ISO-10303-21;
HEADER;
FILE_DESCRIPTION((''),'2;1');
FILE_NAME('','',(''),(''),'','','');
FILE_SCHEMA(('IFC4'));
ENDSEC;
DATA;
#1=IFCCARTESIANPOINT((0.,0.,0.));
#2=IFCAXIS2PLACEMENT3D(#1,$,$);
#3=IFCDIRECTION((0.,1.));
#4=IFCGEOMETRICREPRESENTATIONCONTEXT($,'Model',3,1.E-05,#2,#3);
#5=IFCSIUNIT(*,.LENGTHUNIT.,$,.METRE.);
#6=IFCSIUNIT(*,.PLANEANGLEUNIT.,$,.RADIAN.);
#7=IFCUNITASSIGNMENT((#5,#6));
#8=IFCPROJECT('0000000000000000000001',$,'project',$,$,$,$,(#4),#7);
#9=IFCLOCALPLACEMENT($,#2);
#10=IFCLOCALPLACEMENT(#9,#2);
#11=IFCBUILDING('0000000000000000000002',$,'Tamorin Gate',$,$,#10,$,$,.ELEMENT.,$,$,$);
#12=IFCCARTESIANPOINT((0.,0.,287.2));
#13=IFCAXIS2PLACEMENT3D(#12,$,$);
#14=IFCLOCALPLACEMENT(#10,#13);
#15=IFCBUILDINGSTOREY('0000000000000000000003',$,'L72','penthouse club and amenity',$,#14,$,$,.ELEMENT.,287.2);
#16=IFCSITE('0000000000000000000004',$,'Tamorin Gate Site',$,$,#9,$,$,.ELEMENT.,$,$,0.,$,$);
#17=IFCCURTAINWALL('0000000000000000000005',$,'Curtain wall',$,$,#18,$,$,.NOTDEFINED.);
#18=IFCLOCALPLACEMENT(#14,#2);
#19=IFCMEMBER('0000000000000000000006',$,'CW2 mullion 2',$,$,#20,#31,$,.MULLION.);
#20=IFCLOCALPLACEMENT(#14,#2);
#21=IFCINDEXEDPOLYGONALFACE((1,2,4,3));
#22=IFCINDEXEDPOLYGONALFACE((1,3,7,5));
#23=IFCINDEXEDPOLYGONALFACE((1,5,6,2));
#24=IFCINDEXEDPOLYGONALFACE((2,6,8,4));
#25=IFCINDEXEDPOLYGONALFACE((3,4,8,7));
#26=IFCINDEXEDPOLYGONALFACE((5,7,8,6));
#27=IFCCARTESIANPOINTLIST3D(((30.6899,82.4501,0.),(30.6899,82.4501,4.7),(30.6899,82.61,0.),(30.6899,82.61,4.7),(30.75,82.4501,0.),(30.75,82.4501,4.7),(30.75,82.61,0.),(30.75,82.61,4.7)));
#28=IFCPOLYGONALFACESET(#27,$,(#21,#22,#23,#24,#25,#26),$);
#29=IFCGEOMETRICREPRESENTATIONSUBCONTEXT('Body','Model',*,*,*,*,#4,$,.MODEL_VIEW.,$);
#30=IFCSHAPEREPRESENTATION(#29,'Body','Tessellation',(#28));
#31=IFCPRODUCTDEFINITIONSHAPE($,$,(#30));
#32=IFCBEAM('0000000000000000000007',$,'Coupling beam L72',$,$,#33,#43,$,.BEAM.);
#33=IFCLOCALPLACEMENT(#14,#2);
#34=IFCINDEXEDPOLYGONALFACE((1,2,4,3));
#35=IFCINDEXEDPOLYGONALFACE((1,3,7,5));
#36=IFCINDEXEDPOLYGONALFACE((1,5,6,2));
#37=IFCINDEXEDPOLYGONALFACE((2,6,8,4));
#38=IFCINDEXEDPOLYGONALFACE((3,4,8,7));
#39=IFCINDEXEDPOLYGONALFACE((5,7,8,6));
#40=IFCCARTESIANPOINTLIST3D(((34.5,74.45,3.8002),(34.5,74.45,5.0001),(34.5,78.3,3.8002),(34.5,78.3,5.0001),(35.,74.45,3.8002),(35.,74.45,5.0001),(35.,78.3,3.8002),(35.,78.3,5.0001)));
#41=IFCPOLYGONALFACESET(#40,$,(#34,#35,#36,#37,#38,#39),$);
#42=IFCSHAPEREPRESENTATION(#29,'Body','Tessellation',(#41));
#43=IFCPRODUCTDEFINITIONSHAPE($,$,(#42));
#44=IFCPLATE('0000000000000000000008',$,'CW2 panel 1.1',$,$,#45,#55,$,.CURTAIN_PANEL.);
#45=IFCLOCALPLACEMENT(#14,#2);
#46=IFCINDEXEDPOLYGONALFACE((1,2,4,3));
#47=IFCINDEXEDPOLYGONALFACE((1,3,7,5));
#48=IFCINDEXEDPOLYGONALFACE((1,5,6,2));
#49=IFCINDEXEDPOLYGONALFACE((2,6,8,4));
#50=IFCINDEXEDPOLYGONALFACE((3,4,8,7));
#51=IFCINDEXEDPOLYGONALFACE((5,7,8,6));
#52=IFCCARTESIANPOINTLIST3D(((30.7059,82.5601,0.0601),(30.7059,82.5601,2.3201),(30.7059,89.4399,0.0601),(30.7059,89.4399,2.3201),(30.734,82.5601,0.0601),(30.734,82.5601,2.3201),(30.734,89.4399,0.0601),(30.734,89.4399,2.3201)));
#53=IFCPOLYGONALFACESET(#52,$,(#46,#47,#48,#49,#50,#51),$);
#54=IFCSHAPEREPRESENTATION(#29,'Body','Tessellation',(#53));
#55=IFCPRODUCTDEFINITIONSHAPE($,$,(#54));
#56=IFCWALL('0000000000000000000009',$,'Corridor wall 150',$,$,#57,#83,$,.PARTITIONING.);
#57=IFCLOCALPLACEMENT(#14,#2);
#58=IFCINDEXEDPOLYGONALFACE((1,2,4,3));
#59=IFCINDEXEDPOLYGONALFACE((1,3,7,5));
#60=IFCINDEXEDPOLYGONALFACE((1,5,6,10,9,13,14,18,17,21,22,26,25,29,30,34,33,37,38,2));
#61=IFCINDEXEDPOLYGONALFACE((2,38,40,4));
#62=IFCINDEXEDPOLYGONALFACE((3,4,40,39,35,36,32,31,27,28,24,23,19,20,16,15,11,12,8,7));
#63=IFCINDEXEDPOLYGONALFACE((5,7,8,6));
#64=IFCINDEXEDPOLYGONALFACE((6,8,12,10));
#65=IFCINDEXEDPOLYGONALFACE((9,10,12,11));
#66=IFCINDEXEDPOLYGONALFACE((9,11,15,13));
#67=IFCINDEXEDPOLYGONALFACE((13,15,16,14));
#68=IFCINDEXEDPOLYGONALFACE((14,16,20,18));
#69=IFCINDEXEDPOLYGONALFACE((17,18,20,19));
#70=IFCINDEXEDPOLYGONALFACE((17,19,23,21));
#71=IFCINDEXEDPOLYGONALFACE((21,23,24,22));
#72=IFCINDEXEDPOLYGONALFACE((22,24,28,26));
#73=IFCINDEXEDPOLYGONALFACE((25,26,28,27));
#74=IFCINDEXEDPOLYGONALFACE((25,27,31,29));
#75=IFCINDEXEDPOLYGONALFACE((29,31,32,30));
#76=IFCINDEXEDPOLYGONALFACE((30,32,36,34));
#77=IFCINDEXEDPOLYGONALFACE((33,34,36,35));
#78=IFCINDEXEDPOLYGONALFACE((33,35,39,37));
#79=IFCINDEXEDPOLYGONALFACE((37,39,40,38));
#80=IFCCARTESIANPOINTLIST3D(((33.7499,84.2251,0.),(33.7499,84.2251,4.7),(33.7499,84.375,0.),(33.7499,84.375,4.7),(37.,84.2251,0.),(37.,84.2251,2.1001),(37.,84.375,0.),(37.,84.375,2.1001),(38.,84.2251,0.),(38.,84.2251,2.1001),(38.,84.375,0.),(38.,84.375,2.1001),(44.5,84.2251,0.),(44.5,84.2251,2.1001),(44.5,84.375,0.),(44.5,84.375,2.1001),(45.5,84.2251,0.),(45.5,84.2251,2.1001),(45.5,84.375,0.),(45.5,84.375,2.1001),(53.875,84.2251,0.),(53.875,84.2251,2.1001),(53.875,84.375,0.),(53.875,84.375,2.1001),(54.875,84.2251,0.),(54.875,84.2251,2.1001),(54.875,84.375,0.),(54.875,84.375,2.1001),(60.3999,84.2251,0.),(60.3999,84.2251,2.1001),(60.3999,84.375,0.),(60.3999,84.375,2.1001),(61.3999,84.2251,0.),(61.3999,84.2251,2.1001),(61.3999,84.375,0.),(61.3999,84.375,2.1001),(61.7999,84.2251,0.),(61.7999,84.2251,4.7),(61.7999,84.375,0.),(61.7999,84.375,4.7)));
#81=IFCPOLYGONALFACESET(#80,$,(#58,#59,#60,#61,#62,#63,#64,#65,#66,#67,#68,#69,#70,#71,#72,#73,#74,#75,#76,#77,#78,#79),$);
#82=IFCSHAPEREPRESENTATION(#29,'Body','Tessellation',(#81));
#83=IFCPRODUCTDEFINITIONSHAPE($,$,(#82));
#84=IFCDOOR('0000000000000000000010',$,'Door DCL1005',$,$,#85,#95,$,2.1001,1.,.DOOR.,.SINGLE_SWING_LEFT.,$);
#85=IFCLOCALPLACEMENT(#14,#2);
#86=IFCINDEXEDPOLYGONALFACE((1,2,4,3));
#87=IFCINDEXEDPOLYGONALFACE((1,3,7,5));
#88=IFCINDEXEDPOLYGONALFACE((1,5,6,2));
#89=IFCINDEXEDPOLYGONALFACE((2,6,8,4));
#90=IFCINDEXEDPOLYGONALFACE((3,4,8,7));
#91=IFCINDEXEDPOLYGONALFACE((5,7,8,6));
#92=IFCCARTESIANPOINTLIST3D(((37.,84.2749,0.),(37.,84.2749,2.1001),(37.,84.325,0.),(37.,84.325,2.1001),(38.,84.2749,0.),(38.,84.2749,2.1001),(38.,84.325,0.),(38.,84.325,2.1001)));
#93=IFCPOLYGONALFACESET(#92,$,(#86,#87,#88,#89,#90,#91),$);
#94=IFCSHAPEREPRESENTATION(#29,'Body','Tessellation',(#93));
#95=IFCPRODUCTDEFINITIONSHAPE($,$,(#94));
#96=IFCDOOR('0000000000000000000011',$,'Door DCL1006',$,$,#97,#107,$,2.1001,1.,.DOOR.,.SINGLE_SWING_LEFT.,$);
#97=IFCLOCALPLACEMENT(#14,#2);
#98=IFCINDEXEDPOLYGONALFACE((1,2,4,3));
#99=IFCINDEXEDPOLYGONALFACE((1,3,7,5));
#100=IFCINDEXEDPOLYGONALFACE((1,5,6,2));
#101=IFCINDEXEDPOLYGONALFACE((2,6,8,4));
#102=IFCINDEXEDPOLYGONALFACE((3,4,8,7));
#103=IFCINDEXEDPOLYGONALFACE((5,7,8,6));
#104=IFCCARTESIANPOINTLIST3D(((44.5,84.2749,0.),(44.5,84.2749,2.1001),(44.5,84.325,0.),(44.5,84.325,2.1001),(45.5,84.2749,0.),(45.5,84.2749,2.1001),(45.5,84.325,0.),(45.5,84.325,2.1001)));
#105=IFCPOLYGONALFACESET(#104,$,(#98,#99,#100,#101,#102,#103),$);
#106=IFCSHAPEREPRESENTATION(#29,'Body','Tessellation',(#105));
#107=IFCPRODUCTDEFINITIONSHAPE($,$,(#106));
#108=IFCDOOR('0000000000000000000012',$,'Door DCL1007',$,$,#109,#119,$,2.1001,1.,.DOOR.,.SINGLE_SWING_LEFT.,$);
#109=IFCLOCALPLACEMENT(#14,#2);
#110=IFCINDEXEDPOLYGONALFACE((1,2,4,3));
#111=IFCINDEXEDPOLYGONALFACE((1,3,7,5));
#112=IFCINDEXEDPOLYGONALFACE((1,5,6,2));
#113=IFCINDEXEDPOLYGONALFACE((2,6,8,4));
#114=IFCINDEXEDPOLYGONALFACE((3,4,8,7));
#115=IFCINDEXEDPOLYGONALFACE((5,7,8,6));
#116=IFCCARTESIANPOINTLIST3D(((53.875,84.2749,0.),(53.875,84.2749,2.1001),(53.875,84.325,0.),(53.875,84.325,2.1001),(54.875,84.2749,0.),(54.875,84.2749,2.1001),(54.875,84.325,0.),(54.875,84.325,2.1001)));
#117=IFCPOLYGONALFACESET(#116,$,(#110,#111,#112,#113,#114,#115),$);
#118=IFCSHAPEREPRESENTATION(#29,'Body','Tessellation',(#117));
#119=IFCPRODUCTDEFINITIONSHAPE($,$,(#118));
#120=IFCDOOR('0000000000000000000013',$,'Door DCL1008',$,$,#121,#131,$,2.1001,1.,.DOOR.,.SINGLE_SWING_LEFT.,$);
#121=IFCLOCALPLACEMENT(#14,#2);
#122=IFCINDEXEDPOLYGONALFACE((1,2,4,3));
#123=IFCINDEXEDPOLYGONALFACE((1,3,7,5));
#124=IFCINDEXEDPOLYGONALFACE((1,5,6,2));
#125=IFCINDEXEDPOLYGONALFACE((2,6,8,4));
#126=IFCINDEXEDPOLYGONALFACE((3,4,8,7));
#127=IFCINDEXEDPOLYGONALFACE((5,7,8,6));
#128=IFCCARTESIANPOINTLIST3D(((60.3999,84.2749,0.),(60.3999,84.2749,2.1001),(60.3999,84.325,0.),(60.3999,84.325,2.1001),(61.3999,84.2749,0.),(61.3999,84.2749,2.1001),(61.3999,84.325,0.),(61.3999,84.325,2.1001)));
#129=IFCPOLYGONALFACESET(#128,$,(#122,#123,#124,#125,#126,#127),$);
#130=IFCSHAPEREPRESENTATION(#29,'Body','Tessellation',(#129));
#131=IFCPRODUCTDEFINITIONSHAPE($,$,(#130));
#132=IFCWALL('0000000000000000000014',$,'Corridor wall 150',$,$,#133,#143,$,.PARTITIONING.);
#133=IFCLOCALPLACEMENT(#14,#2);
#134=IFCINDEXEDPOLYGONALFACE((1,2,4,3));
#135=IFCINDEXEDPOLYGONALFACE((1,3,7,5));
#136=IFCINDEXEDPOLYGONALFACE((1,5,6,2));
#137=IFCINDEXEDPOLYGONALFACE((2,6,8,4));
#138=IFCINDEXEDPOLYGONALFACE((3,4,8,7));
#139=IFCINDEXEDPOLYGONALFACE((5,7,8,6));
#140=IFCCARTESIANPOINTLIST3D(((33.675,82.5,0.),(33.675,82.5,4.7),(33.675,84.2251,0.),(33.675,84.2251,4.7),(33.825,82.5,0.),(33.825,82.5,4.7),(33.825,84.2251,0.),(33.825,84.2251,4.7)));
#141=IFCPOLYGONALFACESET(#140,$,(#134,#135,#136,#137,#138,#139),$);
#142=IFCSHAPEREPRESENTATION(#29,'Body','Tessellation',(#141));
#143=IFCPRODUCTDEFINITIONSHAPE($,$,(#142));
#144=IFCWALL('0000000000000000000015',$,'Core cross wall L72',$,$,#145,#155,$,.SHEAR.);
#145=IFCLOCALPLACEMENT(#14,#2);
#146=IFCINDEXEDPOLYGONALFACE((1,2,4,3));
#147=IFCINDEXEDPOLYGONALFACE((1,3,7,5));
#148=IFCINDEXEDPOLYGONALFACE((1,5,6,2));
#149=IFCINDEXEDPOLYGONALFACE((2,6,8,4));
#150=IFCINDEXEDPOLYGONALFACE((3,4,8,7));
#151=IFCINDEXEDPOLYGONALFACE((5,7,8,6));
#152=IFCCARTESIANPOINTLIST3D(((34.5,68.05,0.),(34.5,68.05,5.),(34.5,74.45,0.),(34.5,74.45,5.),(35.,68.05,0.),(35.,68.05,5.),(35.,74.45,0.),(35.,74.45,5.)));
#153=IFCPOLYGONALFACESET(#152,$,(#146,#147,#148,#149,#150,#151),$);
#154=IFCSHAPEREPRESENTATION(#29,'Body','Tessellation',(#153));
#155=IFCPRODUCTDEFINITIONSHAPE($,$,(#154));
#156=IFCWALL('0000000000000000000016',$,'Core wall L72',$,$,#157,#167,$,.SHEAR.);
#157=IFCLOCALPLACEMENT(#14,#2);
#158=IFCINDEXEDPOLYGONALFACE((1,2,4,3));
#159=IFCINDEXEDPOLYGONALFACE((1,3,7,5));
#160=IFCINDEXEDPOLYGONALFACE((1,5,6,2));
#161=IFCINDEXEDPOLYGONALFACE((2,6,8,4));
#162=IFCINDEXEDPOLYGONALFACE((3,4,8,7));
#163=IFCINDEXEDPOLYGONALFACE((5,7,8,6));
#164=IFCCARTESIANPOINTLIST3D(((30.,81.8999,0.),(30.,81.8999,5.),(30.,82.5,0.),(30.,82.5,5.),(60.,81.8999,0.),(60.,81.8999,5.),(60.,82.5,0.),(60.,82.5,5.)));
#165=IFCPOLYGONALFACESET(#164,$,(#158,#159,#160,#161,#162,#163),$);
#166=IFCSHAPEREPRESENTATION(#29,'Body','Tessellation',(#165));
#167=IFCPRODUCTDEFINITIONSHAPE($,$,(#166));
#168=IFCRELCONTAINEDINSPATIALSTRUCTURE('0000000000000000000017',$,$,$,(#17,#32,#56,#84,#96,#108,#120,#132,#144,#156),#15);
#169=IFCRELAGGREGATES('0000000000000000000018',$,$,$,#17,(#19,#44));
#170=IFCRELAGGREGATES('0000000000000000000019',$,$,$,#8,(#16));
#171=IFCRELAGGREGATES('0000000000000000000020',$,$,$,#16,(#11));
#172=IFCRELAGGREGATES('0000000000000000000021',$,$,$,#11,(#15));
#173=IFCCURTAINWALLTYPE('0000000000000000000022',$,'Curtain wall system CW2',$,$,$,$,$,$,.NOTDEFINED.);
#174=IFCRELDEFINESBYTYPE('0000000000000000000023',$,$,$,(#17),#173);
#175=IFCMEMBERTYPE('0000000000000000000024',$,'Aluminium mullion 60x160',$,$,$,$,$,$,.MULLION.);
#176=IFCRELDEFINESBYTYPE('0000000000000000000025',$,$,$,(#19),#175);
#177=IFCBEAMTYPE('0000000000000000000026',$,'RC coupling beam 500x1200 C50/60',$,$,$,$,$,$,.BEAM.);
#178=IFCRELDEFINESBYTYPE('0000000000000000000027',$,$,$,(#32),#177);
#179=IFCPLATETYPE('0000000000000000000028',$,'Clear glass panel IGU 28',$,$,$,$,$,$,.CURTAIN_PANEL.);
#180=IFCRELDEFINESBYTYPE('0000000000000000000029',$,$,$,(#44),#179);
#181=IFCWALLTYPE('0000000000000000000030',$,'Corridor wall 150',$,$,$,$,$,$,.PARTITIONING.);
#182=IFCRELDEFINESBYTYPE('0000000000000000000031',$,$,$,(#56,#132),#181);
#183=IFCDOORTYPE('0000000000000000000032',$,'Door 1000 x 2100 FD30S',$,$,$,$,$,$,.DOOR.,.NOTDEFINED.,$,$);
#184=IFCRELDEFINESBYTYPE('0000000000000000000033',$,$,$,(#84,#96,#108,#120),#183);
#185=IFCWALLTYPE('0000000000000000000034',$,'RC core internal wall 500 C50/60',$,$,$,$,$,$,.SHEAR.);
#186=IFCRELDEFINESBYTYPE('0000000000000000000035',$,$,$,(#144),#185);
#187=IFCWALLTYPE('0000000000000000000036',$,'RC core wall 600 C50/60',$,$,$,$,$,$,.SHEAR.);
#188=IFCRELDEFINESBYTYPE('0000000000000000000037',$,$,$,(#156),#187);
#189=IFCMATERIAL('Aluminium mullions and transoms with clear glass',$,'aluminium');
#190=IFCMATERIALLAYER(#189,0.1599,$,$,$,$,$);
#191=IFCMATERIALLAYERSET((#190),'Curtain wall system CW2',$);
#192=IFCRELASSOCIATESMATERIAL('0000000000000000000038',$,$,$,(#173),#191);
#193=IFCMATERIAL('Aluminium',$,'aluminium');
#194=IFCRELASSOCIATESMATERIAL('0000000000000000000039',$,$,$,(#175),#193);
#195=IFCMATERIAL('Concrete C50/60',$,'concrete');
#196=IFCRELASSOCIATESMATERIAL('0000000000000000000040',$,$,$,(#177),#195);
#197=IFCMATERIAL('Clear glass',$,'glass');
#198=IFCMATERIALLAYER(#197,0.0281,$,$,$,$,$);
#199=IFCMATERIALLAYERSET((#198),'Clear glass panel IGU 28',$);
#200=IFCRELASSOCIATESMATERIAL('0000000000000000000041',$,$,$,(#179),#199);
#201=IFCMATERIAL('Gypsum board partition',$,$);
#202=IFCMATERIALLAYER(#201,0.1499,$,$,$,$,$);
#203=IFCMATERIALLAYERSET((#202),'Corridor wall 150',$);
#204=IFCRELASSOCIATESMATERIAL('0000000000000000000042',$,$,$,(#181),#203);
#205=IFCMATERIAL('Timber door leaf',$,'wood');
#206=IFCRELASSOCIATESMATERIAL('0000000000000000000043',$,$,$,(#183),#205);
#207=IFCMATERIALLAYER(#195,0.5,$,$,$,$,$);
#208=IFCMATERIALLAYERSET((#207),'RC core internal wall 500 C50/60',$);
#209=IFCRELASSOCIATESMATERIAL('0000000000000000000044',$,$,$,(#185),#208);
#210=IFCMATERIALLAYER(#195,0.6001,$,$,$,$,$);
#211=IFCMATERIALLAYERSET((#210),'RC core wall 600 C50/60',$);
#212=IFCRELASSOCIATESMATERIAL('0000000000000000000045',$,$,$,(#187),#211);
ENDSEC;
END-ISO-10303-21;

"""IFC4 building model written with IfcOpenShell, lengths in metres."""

from ifc_helpers import new_model, si_unit, direction, frame, frame_2d, origin, origin_2d, place, context, subcontext, project, spatial, rectangle, extrude, material, layer, layer_set, material_profile, profile_set, type_object, element, fill, aggregate, save


model = new_model("IFC4")

# Units and contexts
model_context = context("Model", 3, precision=1e-05, world=origin(), true_north=direction((0.0, 1.0)))
body_context = subcontext(model_context, "Body", "Model", "MODEL_VIEW")
ifc_project = project(units=[si_unit("LENGTHUNIT", "METRE"), si_unit("PLANEANGLEUNIT", "RADIAN")], contexts=[model_context])

# Site, building, storey
site_placement = place(None, origin())
site = spatial("IfcSite", under=ifc_project, at=site_placement, Name="Tamorin Gate Site", CompositionType="ELEMENT", RefElevation=0.0)
building_placement = place(site_placement, origin())
building = spatial("IfcBuilding", under=site, at=building_placement, Name="Tamorin Gate", CompositionType="ELEMENT")
storey_placement = place(building_placement, frame((0.0, 0.0, 287.2)))
storey = spatial("IfcBuildingStorey", under=building, at=storey_placement, Name="L72", Description="penthouse club and amenity", CompositionType="ELEMENT", Elevation=287.2)

# Curtain wall, member
ifc_material_1 = material(Name="Aluminium mullions and transoms with clear glass", Category="aluminium")
ifc_layer_1 = layer(ifc_material_1, 0.1599)
ifc_layer_set_1 = layer_set([ifc_layer_1], Name="Curtain wall system CW2")
curtain_wall_type = type_object("IfcCurtainWallType", Name="Curtain wall system CW2", PredefinedType="NOTDEFINED", material=ifc_layer_set_1)
curtain_wall_placement = place(storey_placement, origin())
curtain_wall = element("IfcCurtainWall", 1, at=curtain_wall_placement, inside=storey, type_object=curtain_wall_type, Name="Curtain wall", PredefinedType="NOTDEFINED")
ifc_material_2 = material(Name="Aluminium", Category="aluminium")
ifc_material_profile_1 = material_profile(ifc_material_2, rectangle(XDim=0.0601, YDim=0.1599, at=origin_2d()), Name="RECT 60x160")
ifc_profile_set_1 = profile_set([ifc_material_profile_1], Name="Aluminium")
member_type = type_object("IfcMemberType", Name="Aluminium mullion 60x160", PredefinedType="MULLION", material=ifc_profile_set_1)
member_placement = place(storey_placement, frame((30.72, 82.53, 0.0), z_axis=(0.0, 0.0, 1.0), x_axis=(1.0, 0.0, 0.0)))
member = element("IfcMember", 2, at=member_placement, type_object=member_type, Name="CW2 mullion 2", PredefinedType="MULLION", context=body_context, shape_type="SweptSolid", body=[
    extrude(rectangle(XDim=0.0601, YDim=0.1599, at=origin_2d()), origin(), (0.0, 0.0, 1.0), 4.7),
])

# Beam
ifc_material_3 = material(Name="Concrete C50/60", Category="concrete")
ifc_material_profile_2 = material_profile(ifc_material_3, rectangle(XDim=0.5, YDim=1.2, at=origin_2d()), Name="RC 500x1200")
ifc_profile_set_2 = profile_set([ifc_material_profile_2], Name="Concrete C50/60")
beam_type = type_object("IfcBeamType", Name="RC coupling beam 500x1200 C50/60", PredefinedType="BEAM", material=ifc_profile_set_2)
beam_placement = place(storey_placement, frame((34.75, 74.45, 4.4001), z_axis=(0.0, 1.0, 0.0), x_axis=(-1.0, 0.0, 0.0)))
element("IfcBeam", 3, at=beam_placement, inside=storey, type_object=beam_type, Name="Coupling beam L72", PredefinedType="BEAM", context=body_context, shape_type="SweptSolid", body=[
    extrude(rectangle(XDim=0.5, YDim=1.2, at=origin_2d()), origin(), (0.0, 0.0, 1.0), 3.8501),
])

# Plate
ifc_material_4 = material(Name="Clear glass", Category="glass")
ifc_layer_2 = layer(ifc_material_4, 0.0281)
ifc_layer_set_2 = layer_set([ifc_layer_2], Name="Clear glass panel IGU 28")
plate_type = type_object("IfcPlateType", Name="Clear glass panel IGU 28", PredefinedType="CURTAIN_PANEL", material=ifc_layer_set_2)
plate_placement = place(storey_placement, frame((30.72, 86.0, 0.0601), z_axis=(0.0, 0.0, 1.0), x_axis=(0.0, -1.0, 0.0)))
plate = element("IfcPlate", 4, at=plate_placement, type_object=plate_type, Name="CW2 panel 1.1", PredefinedType="CURTAIN_PANEL", context=body_context, shape_type="SweptSolid", body=[
    extrude(rectangle(XDim=6.8799, YDim=0.0281, at=origin_2d()), origin(), (0.0, 0.0, 1.0), 2.26),
])
aggregate(curtain_wall, [member, plate])

# Wall, openings, doors
ifc_material_5 = material(Name="Gypsum board partition")
ifc_layer_3 = layer(ifc_material_5, 0.1499)
ifc_layer_set_3 = layer_set([ifc_layer_3], Name="Corridor wall 150")
wall_type_1 = type_object("IfcWallType", Name="Corridor wall 150", PredefinedType="PARTITIONING", material=ifc_layer_set_3)
wall_1_placement = place(storey_placement, frame((33.75, 84.3, 0.0), z_axis=(0.0, 0.0, 1.0), x_axis=(1.0, 0.0, 0.0)))
wall_1 = element("IfcWall", 5, at=wall_1_placement, inside=storey, type_object=wall_type_1, Name="Corridor wall 150", PredefinedType="PARTITIONING", context=body_context, shape_type="SweptSolid", body=[
    extrude(rectangle(XDim=28.05, YDim=0.1499, at=frame_2d((14.0249, 0.0))), origin(), (0.0, 0.0, 1.0), 4.7),
])
opening_1_placement = place(wall_1_placement, frame((3.25, 0.0, 0.0)))
opening_1 = element("IfcOpeningElement", 6, at=opening_1_placement, cuts=wall_1, PredefinedType="OPENING", context=body_context, shape_type="SweptSolid", body=[
    extrude(rectangle(XDim=1.0, YDim=2.1001, at=frame_2d((0.5, 1.05))), frame((0.0, 0.085, 0.0), z_axis=(0.0, -1.0, 0.0), x_axis=(1.0, 0.0, 0.0)), (0.0, 0.0, 1.0), 0.1699),
])
opening_2_placement = place(wall_1_placement, frame((10.75, 0.0, 0.0)))
opening_2 = element("IfcOpeningElement", 7, at=opening_2_placement, cuts=wall_1, PredefinedType="OPENING", context=body_context, shape_type="SweptSolid", body=[
    extrude(rectangle(XDim=1.0, YDim=2.1001, at=frame_2d((0.5, 1.05))), frame((0.0, 0.085, 0.0), z_axis=(0.0, -1.0, 0.0), x_axis=(1.0, 0.0, 0.0)), (0.0, 0.0, 1.0), 0.1699),
])
opening_3_placement = place(wall_1_placement, frame((20.125, 0.0, 0.0)))
opening_3 = element("IfcOpeningElement", 8, at=opening_3_placement, cuts=wall_1, PredefinedType="OPENING", context=body_context, shape_type="SweptSolid", body=[
    extrude(rectangle(XDim=1.0, YDim=2.1001, at=frame_2d((0.5, 1.05))), frame((0.0, 0.085, 0.0), z_axis=(0.0, -1.0, 0.0), x_axis=(1.0, 0.0, 0.0)), (0.0, 0.0, 1.0), 0.1699),
])
opening_4_placement = place(wall_1_placement, frame((26.6499, 0.0, 0.0)))
opening_4 = element("IfcOpeningElement", 9, at=opening_4_placement, cuts=wall_1, PredefinedType="OPENING", context=body_context, shape_type="SweptSolid", body=[
    extrude(rectangle(XDim=1.0, YDim=2.1001, at=frame_2d((0.5, 1.05))), frame((0.0, 0.085, 0.0), z_axis=(0.0, -1.0, 0.0), x_axis=(1.0, 0.0, 0.0)), (0.0, 0.0, 1.0), 0.1699),
])
ifc_material_6 = material(Name="Timber door leaf", Category="wood")
door_type_1 = type_object("IfcDoorType", Name="Door 1000 x 2100 FD30S", OperationType="NOTDEFINED", PredefinedType="DOOR", material=ifc_material_6)
door_1_placement = place(opening_1_placement, origin())
door_1 = element("IfcDoor", 10, at=door_1_placement, inside=storey, type_object=door_type_1, Name="Door DCL1005", OperationType="SINGLE_SWING_LEFT", OverallHeight=2.1001, OverallWidth=1.0, PredefinedType="DOOR", context=body_context, shape_type="SweptSolid", body=[
    extrude(rectangle(XDim=1.0, YDim=2.1001, at=frame_2d((0.5, 1.05))), frame((0.0, 0.0249, 0.0), z_axis=(0.0, -1.0, 0.0), x_axis=(1.0, 0.0, 0.0)), (0.0, 0.0, 1.0), 0.05),
])
fill(opening_1, door_1)
door_2_placement = place(opening_2_placement, origin())
door_2 = element("IfcDoor", 11, at=door_2_placement, inside=storey, type_object=door_type_1, Name="Door DCL1006", OperationType="SINGLE_SWING_LEFT", OverallHeight=2.1001, OverallWidth=1.0, PredefinedType="DOOR", context=body_context, shape_type="SweptSolid", body=[
    extrude(rectangle(XDim=1.0, YDim=2.1001, at=frame_2d((0.5, 1.05))), frame((0.0, 0.0249, 0.0), z_axis=(0.0, -1.0, 0.0), x_axis=(1.0, 0.0, 0.0)), (0.0, 0.0, 1.0), 0.05),
])
fill(opening_2, door_2)
door_3_placement = place(opening_3_placement, origin())
door_3 = element("IfcDoor", 12, at=door_3_placement, inside=storey, type_object=door_type_1, Name="Door DCL1007", OperationType="SINGLE_SWING_LEFT", OverallHeight=2.1001, OverallWidth=1.0, PredefinedType="DOOR", context=body_context, shape_type="SweptSolid", body=[
    extrude(rectangle(XDim=1.0, YDim=2.1001, at=frame_2d((0.5, 1.05))), frame((0.0, 0.0249, 0.0), z_axis=(0.0, -1.0, 0.0), x_axis=(1.0, 0.0, 0.0)), (0.0, 0.0, 1.0), 0.05),
])
fill(opening_3, door_3)
door_4_placement = place(opening_4_placement, origin())
door_4 = element("IfcDoor", 13, at=door_4_placement, inside=storey, type_object=door_type_1, Name="Door DCL1008", OperationType="SINGLE_SWING_LEFT", OverallHeight=2.1001, OverallWidth=1.0, PredefinedType="DOOR", context=body_context, shape_type="SweptSolid", body=[
    extrude(rectangle(XDim=1.0, YDim=2.1001, at=frame_2d((0.5, 1.05))), frame((0.0, 0.0249, 0.0), z_axis=(0.0, -1.0, 0.0), x_axis=(1.0, 0.0, 0.0)), (0.0, 0.0, 1.0), 0.05),
])
fill(opening_4, door_4)

# Walls
wall_2_placement = place(storey_placement, frame((33.75, 82.5, 0.0), z_axis=(0.0, 0.0, 1.0), x_axis=(0.0, 1.0, 0.0)))
element("IfcWall", 14, at=wall_2_placement, inside=storey, type_object=wall_type_1, Name="Corridor wall 150", PredefinedType="PARTITIONING", context=body_context, shape_type="SweptSolid", body=[
    extrude(rectangle(XDim=1.7251, YDim=0.1499, at=frame_2d((0.8625, 0.0))), origin(), (0.0, 0.0, 1.0), 4.7),
])
ifc_layer_4 = layer(ifc_material_3, 0.5)
ifc_layer_set_4 = layer_set([ifc_layer_4], Name="RC core internal wall 500 C50/60")
wall_type_2 = type_object("IfcWallType", Name="RC core internal wall 500 C50/60", PredefinedType="SHEAR", material=ifc_layer_set_4)
wall_3_placement = place(storey_placement, frame((34.75, 68.05, 0.0), z_axis=(0.0, 0.0, 1.0), x_axis=(0.0, 1.0, 0.0)))
element("IfcWall", 15, at=wall_3_placement, inside=storey, type_object=wall_type_2, Name="Core cross wall L72", PredefinedType="SHEAR", context=body_context, shape_type="SweptSolid", body=[
    extrude(rectangle(XDim=6.3999, YDim=0.5, at=frame_2d((3.2, 0.0))), origin(), (0.0, 0.0, 1.0), 5.0),
])
ifc_layer_5 = layer(ifc_material_3, 0.6001)
ifc_layer_set_5 = layer_set([ifc_layer_5], Name="RC core wall 600 C50/60")
wall_type_3 = type_object("IfcWallType", Name="RC core wall 600 C50/60", PredefinedType="SHEAR", material=ifc_layer_set_5)
wall_4_placement = place(storey_placement, frame((30.0, 82.2, 0.0), z_axis=(0.0, 0.0, 1.0), x_axis=(1.0, 0.0, 0.0)))
element("IfcWall", 16, at=wall_4_placement, inside=storey, type_object=wall_type_3, Name="Core wall L72", PredefinedType="SHEAR", context=body_context, shape_type="SweptSolid", body=[
    extrude(rectangle(XDim=30.0, YDim=0.6001, at=frame_2d((15.0, 0.0))), origin(), (0.0, 0.0, 1.0), 5.0),
])

save(model, "model.ifc")
